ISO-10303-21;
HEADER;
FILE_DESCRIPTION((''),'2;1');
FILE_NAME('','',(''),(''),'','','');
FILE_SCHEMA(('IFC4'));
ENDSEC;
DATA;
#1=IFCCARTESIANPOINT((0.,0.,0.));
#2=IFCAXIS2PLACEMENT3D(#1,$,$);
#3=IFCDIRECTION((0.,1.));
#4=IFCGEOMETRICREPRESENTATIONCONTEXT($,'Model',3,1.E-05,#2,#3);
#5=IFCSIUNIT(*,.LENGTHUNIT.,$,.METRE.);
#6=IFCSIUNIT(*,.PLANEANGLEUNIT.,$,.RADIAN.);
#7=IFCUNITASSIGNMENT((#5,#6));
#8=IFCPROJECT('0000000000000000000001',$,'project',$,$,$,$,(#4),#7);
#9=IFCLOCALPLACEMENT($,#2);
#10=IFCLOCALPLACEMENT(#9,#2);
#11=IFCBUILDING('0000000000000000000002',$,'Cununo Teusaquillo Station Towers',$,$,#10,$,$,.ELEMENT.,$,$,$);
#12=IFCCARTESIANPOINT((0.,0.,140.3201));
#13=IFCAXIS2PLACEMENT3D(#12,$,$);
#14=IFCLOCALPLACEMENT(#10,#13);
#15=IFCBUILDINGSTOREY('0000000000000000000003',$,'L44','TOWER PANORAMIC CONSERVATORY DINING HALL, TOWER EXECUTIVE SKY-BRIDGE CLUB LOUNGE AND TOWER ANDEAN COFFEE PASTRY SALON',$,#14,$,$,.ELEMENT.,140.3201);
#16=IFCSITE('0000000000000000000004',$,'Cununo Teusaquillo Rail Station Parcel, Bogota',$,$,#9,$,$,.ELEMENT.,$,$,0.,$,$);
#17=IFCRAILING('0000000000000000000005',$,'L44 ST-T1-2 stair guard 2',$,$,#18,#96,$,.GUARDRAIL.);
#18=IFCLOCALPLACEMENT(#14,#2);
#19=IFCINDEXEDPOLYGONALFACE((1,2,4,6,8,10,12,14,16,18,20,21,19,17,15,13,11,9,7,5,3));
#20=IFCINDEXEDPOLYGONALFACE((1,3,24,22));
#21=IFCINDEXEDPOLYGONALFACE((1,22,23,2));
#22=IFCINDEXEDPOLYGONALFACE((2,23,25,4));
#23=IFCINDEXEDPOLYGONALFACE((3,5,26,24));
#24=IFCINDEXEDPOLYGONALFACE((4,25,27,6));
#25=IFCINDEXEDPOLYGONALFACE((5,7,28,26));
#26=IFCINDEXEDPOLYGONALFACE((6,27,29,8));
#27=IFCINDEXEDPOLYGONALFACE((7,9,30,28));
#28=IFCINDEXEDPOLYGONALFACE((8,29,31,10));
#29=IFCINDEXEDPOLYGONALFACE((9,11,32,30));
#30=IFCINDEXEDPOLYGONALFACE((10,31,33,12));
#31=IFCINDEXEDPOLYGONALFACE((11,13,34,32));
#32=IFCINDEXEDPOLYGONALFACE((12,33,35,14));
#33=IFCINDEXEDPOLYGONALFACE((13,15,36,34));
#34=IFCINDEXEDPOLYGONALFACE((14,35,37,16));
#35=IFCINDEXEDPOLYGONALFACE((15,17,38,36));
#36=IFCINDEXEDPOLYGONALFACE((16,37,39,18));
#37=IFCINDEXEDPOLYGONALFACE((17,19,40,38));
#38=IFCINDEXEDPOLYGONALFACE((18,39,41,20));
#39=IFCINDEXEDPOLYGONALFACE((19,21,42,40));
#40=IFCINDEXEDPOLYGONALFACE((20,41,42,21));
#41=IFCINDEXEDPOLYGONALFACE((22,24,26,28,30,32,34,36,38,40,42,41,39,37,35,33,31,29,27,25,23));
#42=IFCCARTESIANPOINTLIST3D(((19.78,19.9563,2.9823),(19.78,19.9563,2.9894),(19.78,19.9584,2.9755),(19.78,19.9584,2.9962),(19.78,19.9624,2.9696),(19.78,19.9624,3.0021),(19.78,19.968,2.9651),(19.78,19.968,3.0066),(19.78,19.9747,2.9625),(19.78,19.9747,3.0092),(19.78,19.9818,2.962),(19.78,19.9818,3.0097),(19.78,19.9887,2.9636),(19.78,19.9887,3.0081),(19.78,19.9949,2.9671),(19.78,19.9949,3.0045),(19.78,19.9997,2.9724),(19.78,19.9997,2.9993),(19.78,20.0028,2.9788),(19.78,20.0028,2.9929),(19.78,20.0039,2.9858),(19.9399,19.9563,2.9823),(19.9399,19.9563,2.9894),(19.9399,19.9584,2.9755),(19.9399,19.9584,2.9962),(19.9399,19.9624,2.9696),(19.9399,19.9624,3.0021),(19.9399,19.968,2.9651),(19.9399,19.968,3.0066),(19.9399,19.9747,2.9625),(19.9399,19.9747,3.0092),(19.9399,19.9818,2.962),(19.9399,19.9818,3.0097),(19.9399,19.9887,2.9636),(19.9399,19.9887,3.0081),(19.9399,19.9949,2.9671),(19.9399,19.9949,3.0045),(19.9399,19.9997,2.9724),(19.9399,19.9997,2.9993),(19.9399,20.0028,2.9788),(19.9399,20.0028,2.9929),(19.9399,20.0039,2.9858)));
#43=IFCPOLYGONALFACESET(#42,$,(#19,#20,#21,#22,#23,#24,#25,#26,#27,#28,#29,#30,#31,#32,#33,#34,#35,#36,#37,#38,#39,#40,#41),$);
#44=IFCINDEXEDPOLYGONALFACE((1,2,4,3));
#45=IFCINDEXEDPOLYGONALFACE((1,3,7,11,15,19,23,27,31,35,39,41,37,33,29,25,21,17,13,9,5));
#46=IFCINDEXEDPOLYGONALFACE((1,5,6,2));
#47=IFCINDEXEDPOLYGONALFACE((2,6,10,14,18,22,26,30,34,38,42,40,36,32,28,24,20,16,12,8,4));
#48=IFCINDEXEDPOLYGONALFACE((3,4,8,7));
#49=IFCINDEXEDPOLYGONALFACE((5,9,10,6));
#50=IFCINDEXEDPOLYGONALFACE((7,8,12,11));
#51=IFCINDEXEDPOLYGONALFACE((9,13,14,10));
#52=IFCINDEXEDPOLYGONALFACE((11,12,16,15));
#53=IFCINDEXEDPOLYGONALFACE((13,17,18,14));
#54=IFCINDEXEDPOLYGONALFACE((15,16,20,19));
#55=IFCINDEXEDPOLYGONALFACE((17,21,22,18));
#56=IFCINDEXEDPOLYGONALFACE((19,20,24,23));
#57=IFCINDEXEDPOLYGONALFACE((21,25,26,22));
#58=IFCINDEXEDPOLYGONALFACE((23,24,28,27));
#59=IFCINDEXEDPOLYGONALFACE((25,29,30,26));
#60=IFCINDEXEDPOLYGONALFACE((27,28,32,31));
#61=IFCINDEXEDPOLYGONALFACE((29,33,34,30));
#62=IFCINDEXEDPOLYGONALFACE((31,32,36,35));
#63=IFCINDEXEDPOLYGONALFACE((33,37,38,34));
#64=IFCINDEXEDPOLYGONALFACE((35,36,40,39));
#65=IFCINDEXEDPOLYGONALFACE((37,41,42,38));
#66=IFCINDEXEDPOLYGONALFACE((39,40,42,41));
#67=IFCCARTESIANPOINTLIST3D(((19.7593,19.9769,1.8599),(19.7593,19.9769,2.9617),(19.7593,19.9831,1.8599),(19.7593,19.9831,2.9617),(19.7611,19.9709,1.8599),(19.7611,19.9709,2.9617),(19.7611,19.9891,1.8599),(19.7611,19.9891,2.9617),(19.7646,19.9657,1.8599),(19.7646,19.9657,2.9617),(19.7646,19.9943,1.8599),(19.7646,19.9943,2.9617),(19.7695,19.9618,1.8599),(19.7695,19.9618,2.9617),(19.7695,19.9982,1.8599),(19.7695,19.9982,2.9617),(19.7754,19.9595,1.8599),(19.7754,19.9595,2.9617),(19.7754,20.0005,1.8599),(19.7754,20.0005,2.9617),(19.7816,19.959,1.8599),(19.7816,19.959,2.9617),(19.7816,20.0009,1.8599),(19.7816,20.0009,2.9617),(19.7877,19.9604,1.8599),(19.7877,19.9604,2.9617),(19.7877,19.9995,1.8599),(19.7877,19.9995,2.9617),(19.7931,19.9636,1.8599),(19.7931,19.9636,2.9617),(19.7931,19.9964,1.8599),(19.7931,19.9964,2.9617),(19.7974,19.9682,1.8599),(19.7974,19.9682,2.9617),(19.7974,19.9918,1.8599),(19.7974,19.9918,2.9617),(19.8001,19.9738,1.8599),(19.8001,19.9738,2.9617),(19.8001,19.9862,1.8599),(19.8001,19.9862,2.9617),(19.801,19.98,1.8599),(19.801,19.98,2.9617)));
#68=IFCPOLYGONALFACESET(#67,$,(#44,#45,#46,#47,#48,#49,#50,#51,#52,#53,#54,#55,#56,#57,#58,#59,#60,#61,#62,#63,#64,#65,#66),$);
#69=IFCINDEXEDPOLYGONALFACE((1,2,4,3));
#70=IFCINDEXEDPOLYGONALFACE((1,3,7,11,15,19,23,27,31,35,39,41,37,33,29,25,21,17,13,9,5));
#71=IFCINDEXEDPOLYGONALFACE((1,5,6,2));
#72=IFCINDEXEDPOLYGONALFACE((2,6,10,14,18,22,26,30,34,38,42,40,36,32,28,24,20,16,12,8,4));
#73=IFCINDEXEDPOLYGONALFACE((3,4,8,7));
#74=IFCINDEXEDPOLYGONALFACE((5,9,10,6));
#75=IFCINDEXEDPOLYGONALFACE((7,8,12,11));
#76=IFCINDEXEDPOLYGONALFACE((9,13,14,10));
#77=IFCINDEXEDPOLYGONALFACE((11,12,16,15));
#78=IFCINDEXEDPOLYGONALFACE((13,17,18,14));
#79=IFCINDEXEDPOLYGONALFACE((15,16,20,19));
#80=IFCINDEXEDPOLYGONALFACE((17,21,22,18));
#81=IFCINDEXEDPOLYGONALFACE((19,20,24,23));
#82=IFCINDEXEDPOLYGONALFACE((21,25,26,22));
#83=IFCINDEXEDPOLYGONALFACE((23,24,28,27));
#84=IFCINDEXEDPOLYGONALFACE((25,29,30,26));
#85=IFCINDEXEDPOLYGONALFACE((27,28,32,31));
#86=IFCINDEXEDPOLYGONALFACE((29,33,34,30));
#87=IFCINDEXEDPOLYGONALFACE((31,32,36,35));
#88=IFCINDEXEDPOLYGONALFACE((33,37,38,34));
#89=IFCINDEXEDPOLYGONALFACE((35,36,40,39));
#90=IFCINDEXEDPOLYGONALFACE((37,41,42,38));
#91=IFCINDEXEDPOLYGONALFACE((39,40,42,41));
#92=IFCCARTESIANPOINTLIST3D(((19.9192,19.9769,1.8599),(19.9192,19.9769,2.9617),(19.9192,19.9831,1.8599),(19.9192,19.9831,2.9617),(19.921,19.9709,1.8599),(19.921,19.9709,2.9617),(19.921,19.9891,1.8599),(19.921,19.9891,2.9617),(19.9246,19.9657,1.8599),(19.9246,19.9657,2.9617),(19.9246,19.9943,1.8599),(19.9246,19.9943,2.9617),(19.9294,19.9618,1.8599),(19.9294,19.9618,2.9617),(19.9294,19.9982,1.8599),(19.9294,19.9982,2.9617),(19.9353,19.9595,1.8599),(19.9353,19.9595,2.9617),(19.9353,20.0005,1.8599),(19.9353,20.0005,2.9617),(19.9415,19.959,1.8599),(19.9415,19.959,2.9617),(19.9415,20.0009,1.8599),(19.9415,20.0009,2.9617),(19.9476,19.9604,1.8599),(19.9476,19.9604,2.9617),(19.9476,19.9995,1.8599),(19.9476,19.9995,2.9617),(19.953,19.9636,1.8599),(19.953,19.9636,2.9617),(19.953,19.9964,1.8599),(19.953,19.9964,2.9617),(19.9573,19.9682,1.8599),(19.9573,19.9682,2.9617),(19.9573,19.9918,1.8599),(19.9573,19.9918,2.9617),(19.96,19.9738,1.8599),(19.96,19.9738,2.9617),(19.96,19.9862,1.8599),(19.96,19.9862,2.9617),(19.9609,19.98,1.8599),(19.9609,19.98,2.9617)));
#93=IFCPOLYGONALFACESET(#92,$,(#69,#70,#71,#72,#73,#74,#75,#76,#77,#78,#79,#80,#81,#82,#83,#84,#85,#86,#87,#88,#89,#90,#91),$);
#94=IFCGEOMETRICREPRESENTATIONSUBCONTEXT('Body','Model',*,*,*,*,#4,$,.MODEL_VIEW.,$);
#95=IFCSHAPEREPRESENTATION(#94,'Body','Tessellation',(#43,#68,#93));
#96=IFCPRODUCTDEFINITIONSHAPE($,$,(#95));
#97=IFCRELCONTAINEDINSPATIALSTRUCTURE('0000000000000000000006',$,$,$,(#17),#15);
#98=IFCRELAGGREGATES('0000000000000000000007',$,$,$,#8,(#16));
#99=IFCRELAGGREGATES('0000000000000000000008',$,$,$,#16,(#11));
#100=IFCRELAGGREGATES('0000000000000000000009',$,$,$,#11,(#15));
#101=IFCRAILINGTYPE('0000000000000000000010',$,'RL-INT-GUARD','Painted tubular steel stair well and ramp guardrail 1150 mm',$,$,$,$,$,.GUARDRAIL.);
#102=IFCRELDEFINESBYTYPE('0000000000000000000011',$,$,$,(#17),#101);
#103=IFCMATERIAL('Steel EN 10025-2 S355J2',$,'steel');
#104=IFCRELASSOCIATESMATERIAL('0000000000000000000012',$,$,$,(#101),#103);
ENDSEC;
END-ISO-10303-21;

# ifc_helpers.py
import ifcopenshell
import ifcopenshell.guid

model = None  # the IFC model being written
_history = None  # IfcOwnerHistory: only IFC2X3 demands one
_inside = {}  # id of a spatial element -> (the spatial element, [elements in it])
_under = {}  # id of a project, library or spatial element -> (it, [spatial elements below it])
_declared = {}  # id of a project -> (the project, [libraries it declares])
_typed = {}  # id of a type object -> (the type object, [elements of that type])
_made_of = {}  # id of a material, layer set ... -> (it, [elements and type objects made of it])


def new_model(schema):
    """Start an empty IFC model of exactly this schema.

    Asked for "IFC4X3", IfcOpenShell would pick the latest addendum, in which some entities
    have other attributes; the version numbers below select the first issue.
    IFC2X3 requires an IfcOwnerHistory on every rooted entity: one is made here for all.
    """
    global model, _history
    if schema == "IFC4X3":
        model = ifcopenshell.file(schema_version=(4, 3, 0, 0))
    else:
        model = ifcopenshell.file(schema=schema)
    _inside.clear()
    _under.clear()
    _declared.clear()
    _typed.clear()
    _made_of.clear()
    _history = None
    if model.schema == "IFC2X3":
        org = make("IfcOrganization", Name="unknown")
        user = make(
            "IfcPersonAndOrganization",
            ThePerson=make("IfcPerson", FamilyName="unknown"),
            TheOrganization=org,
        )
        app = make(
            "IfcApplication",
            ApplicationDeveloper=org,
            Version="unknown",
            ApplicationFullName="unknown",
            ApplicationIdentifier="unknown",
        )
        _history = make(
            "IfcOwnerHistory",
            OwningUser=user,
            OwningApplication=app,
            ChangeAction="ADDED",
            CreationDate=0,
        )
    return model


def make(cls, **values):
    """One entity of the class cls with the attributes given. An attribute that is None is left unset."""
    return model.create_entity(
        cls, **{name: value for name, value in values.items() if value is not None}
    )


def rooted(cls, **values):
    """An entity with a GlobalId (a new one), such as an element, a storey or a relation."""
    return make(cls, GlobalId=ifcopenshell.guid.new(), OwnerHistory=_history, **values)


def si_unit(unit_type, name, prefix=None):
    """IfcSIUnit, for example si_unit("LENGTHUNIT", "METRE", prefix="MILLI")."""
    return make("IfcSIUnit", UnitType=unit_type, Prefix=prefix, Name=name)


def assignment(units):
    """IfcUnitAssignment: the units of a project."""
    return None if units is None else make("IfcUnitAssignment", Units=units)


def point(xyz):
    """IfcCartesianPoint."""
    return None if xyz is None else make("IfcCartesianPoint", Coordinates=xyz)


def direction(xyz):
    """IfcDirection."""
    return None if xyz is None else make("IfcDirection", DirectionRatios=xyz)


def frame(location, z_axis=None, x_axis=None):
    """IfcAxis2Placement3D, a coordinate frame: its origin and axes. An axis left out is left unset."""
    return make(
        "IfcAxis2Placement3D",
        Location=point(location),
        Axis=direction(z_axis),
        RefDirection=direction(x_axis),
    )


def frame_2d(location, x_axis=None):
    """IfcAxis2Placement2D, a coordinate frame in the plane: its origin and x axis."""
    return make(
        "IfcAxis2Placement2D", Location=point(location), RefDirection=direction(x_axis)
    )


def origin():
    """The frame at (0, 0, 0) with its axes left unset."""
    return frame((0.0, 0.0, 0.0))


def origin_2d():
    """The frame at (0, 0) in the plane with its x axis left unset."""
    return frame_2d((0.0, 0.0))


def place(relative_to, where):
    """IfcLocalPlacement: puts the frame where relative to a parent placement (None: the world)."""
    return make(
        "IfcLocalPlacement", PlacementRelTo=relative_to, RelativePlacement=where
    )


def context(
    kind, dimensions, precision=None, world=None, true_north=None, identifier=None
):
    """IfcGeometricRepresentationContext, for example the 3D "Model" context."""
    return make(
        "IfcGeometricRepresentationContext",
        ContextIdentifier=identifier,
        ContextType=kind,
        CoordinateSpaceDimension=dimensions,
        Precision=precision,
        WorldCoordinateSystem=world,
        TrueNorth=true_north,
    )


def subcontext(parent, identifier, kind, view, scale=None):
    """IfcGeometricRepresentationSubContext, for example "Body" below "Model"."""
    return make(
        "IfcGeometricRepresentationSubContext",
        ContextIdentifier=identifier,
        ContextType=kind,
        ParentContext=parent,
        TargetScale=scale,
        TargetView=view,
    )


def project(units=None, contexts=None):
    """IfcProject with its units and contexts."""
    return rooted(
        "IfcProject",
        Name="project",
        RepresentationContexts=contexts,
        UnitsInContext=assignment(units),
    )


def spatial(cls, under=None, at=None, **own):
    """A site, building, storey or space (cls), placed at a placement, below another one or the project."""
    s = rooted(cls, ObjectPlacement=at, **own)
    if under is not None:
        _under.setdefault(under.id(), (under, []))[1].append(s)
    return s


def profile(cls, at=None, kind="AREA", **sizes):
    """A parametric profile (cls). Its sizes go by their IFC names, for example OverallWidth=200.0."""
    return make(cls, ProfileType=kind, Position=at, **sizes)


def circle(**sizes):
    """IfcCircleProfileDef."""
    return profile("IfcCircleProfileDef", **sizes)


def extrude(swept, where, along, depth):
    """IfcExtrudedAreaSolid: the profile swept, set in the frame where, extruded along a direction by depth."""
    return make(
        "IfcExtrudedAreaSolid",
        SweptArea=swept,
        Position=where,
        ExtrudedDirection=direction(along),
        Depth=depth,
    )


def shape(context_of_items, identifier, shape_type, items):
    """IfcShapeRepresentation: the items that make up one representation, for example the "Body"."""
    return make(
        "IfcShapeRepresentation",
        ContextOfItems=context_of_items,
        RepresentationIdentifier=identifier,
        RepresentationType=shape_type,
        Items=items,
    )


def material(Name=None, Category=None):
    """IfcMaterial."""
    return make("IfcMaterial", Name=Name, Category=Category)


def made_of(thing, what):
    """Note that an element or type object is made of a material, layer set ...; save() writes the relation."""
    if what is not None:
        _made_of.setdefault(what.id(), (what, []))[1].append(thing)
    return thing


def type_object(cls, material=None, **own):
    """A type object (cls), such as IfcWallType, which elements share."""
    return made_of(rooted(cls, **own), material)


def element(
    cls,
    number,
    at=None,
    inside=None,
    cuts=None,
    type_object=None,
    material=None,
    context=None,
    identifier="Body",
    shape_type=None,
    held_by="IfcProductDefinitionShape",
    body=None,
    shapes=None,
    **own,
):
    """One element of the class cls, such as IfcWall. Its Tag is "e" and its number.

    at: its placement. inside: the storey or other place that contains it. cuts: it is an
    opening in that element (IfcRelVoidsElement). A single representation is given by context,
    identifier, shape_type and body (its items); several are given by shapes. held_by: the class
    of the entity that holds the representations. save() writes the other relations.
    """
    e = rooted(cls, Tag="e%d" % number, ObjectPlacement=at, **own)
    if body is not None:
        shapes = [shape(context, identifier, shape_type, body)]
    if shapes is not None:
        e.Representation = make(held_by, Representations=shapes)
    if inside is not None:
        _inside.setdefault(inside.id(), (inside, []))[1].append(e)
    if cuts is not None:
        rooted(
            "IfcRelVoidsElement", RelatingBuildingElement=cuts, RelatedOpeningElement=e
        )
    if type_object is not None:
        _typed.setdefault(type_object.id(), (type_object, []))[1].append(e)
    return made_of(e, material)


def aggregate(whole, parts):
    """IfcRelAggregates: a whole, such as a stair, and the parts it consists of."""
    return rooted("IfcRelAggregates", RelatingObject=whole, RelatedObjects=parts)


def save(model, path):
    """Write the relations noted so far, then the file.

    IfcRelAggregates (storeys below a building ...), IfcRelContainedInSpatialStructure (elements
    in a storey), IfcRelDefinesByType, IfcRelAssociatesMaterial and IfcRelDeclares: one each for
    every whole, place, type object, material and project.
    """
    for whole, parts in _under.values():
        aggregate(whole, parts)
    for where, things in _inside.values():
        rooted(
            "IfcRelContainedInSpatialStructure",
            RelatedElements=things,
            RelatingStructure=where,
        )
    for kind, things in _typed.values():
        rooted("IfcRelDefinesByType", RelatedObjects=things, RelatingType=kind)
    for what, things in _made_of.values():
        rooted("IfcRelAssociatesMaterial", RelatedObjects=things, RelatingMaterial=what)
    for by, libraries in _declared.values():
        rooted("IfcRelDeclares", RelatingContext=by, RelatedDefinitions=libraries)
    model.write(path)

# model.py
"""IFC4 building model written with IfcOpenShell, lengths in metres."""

from ifc_helpers import new_model, si_unit, direction, frame, origin, origin_2d, place, context, subcontext, project, spatial, circle, extrude, material, type_object, element, save


model = new_model("IFC4")

# Units and contexts
model_context = context("Model", 3, precision=1e-05, world=origin(), true_north=direction((0.0, 1.0)))
body_context = subcontext(model_context, "Body", "Model", "MODEL_VIEW")
ifc_project = project(units=[si_unit("LENGTHUNIT", "METRE"), si_unit("PLANEANGLEUNIT", "RADIAN")], contexts=[model_context])

# Site, building, storey
site_placement = place(None, origin())
site = spatial("IfcSite", under=ifc_project, at=site_placement, Name="Cununo Teusaquillo Rail Station Parcel, Bogota", CompositionType="ELEMENT", RefElevation=0.0)
building_placement = place(site_placement, origin())
building = spatial("IfcBuilding", under=site, at=building_placement, Name="Cununo Teusaquillo Station Towers", CompositionType="ELEMENT")
storey_placement = place(building_placement, frame((0.0, 0.0, 140.3201)))
storey = spatial("IfcBuildingStorey", under=building, at=storey_placement, Name="L44", Description="TOWER PANORAMIC CONSERVATORY DINING HALL, TOWER EXECUTIVE SKY-BRIDGE CLUB LOUNGE AND TOWER ANDEAN COFFEE PASTRY SALON", CompositionType="ELEMENT", Elevation=140.3201)

# Railing
ifc_material_1 = material(Name="Steel EN 10025-2 S355J2", Category="steel")
railing_type_1 = type_object("IfcRailingType", Name="RL-INT-GUARD", Description="Painted tubular steel stair well and ramp guardrail 1150 mm", PredefinedType="GUARDRAIL", material=ifc_material_1)
railing_1_placement = place(storey_placement, frame((19.78, 19.98, 1.8599)))
element("IfcRailing", 1, at=railing_1_placement, inside=storey, type_object=railing_type_1, Name="L44 ST-T1-2 stair guard 2", PredefinedType="GUARDRAIL", context=body_context, shape_type="SweptSolid", body=[
    extrude(circle(Radius=0.0239, at=origin_2d()), frame((0.0, 0.0, 1.126), z_axis=(1.0, 0.0, 0.0), x_axis=(0.0, 1.0, 0.0)), (0.0, 0.0, 1.0), 0.1599),
    extrude(circle(Radius=0.021, at=origin_2d()), origin(), (0.0, 0.0, 1.0), 1.1018),
    extrude(circle(Radius=0.021, at=origin_2d()), frame((0.1599, 0.0, 0.0)), (0.0, 0.0, 1.0), 1.1018),
])

save(model, "model.ifc")
